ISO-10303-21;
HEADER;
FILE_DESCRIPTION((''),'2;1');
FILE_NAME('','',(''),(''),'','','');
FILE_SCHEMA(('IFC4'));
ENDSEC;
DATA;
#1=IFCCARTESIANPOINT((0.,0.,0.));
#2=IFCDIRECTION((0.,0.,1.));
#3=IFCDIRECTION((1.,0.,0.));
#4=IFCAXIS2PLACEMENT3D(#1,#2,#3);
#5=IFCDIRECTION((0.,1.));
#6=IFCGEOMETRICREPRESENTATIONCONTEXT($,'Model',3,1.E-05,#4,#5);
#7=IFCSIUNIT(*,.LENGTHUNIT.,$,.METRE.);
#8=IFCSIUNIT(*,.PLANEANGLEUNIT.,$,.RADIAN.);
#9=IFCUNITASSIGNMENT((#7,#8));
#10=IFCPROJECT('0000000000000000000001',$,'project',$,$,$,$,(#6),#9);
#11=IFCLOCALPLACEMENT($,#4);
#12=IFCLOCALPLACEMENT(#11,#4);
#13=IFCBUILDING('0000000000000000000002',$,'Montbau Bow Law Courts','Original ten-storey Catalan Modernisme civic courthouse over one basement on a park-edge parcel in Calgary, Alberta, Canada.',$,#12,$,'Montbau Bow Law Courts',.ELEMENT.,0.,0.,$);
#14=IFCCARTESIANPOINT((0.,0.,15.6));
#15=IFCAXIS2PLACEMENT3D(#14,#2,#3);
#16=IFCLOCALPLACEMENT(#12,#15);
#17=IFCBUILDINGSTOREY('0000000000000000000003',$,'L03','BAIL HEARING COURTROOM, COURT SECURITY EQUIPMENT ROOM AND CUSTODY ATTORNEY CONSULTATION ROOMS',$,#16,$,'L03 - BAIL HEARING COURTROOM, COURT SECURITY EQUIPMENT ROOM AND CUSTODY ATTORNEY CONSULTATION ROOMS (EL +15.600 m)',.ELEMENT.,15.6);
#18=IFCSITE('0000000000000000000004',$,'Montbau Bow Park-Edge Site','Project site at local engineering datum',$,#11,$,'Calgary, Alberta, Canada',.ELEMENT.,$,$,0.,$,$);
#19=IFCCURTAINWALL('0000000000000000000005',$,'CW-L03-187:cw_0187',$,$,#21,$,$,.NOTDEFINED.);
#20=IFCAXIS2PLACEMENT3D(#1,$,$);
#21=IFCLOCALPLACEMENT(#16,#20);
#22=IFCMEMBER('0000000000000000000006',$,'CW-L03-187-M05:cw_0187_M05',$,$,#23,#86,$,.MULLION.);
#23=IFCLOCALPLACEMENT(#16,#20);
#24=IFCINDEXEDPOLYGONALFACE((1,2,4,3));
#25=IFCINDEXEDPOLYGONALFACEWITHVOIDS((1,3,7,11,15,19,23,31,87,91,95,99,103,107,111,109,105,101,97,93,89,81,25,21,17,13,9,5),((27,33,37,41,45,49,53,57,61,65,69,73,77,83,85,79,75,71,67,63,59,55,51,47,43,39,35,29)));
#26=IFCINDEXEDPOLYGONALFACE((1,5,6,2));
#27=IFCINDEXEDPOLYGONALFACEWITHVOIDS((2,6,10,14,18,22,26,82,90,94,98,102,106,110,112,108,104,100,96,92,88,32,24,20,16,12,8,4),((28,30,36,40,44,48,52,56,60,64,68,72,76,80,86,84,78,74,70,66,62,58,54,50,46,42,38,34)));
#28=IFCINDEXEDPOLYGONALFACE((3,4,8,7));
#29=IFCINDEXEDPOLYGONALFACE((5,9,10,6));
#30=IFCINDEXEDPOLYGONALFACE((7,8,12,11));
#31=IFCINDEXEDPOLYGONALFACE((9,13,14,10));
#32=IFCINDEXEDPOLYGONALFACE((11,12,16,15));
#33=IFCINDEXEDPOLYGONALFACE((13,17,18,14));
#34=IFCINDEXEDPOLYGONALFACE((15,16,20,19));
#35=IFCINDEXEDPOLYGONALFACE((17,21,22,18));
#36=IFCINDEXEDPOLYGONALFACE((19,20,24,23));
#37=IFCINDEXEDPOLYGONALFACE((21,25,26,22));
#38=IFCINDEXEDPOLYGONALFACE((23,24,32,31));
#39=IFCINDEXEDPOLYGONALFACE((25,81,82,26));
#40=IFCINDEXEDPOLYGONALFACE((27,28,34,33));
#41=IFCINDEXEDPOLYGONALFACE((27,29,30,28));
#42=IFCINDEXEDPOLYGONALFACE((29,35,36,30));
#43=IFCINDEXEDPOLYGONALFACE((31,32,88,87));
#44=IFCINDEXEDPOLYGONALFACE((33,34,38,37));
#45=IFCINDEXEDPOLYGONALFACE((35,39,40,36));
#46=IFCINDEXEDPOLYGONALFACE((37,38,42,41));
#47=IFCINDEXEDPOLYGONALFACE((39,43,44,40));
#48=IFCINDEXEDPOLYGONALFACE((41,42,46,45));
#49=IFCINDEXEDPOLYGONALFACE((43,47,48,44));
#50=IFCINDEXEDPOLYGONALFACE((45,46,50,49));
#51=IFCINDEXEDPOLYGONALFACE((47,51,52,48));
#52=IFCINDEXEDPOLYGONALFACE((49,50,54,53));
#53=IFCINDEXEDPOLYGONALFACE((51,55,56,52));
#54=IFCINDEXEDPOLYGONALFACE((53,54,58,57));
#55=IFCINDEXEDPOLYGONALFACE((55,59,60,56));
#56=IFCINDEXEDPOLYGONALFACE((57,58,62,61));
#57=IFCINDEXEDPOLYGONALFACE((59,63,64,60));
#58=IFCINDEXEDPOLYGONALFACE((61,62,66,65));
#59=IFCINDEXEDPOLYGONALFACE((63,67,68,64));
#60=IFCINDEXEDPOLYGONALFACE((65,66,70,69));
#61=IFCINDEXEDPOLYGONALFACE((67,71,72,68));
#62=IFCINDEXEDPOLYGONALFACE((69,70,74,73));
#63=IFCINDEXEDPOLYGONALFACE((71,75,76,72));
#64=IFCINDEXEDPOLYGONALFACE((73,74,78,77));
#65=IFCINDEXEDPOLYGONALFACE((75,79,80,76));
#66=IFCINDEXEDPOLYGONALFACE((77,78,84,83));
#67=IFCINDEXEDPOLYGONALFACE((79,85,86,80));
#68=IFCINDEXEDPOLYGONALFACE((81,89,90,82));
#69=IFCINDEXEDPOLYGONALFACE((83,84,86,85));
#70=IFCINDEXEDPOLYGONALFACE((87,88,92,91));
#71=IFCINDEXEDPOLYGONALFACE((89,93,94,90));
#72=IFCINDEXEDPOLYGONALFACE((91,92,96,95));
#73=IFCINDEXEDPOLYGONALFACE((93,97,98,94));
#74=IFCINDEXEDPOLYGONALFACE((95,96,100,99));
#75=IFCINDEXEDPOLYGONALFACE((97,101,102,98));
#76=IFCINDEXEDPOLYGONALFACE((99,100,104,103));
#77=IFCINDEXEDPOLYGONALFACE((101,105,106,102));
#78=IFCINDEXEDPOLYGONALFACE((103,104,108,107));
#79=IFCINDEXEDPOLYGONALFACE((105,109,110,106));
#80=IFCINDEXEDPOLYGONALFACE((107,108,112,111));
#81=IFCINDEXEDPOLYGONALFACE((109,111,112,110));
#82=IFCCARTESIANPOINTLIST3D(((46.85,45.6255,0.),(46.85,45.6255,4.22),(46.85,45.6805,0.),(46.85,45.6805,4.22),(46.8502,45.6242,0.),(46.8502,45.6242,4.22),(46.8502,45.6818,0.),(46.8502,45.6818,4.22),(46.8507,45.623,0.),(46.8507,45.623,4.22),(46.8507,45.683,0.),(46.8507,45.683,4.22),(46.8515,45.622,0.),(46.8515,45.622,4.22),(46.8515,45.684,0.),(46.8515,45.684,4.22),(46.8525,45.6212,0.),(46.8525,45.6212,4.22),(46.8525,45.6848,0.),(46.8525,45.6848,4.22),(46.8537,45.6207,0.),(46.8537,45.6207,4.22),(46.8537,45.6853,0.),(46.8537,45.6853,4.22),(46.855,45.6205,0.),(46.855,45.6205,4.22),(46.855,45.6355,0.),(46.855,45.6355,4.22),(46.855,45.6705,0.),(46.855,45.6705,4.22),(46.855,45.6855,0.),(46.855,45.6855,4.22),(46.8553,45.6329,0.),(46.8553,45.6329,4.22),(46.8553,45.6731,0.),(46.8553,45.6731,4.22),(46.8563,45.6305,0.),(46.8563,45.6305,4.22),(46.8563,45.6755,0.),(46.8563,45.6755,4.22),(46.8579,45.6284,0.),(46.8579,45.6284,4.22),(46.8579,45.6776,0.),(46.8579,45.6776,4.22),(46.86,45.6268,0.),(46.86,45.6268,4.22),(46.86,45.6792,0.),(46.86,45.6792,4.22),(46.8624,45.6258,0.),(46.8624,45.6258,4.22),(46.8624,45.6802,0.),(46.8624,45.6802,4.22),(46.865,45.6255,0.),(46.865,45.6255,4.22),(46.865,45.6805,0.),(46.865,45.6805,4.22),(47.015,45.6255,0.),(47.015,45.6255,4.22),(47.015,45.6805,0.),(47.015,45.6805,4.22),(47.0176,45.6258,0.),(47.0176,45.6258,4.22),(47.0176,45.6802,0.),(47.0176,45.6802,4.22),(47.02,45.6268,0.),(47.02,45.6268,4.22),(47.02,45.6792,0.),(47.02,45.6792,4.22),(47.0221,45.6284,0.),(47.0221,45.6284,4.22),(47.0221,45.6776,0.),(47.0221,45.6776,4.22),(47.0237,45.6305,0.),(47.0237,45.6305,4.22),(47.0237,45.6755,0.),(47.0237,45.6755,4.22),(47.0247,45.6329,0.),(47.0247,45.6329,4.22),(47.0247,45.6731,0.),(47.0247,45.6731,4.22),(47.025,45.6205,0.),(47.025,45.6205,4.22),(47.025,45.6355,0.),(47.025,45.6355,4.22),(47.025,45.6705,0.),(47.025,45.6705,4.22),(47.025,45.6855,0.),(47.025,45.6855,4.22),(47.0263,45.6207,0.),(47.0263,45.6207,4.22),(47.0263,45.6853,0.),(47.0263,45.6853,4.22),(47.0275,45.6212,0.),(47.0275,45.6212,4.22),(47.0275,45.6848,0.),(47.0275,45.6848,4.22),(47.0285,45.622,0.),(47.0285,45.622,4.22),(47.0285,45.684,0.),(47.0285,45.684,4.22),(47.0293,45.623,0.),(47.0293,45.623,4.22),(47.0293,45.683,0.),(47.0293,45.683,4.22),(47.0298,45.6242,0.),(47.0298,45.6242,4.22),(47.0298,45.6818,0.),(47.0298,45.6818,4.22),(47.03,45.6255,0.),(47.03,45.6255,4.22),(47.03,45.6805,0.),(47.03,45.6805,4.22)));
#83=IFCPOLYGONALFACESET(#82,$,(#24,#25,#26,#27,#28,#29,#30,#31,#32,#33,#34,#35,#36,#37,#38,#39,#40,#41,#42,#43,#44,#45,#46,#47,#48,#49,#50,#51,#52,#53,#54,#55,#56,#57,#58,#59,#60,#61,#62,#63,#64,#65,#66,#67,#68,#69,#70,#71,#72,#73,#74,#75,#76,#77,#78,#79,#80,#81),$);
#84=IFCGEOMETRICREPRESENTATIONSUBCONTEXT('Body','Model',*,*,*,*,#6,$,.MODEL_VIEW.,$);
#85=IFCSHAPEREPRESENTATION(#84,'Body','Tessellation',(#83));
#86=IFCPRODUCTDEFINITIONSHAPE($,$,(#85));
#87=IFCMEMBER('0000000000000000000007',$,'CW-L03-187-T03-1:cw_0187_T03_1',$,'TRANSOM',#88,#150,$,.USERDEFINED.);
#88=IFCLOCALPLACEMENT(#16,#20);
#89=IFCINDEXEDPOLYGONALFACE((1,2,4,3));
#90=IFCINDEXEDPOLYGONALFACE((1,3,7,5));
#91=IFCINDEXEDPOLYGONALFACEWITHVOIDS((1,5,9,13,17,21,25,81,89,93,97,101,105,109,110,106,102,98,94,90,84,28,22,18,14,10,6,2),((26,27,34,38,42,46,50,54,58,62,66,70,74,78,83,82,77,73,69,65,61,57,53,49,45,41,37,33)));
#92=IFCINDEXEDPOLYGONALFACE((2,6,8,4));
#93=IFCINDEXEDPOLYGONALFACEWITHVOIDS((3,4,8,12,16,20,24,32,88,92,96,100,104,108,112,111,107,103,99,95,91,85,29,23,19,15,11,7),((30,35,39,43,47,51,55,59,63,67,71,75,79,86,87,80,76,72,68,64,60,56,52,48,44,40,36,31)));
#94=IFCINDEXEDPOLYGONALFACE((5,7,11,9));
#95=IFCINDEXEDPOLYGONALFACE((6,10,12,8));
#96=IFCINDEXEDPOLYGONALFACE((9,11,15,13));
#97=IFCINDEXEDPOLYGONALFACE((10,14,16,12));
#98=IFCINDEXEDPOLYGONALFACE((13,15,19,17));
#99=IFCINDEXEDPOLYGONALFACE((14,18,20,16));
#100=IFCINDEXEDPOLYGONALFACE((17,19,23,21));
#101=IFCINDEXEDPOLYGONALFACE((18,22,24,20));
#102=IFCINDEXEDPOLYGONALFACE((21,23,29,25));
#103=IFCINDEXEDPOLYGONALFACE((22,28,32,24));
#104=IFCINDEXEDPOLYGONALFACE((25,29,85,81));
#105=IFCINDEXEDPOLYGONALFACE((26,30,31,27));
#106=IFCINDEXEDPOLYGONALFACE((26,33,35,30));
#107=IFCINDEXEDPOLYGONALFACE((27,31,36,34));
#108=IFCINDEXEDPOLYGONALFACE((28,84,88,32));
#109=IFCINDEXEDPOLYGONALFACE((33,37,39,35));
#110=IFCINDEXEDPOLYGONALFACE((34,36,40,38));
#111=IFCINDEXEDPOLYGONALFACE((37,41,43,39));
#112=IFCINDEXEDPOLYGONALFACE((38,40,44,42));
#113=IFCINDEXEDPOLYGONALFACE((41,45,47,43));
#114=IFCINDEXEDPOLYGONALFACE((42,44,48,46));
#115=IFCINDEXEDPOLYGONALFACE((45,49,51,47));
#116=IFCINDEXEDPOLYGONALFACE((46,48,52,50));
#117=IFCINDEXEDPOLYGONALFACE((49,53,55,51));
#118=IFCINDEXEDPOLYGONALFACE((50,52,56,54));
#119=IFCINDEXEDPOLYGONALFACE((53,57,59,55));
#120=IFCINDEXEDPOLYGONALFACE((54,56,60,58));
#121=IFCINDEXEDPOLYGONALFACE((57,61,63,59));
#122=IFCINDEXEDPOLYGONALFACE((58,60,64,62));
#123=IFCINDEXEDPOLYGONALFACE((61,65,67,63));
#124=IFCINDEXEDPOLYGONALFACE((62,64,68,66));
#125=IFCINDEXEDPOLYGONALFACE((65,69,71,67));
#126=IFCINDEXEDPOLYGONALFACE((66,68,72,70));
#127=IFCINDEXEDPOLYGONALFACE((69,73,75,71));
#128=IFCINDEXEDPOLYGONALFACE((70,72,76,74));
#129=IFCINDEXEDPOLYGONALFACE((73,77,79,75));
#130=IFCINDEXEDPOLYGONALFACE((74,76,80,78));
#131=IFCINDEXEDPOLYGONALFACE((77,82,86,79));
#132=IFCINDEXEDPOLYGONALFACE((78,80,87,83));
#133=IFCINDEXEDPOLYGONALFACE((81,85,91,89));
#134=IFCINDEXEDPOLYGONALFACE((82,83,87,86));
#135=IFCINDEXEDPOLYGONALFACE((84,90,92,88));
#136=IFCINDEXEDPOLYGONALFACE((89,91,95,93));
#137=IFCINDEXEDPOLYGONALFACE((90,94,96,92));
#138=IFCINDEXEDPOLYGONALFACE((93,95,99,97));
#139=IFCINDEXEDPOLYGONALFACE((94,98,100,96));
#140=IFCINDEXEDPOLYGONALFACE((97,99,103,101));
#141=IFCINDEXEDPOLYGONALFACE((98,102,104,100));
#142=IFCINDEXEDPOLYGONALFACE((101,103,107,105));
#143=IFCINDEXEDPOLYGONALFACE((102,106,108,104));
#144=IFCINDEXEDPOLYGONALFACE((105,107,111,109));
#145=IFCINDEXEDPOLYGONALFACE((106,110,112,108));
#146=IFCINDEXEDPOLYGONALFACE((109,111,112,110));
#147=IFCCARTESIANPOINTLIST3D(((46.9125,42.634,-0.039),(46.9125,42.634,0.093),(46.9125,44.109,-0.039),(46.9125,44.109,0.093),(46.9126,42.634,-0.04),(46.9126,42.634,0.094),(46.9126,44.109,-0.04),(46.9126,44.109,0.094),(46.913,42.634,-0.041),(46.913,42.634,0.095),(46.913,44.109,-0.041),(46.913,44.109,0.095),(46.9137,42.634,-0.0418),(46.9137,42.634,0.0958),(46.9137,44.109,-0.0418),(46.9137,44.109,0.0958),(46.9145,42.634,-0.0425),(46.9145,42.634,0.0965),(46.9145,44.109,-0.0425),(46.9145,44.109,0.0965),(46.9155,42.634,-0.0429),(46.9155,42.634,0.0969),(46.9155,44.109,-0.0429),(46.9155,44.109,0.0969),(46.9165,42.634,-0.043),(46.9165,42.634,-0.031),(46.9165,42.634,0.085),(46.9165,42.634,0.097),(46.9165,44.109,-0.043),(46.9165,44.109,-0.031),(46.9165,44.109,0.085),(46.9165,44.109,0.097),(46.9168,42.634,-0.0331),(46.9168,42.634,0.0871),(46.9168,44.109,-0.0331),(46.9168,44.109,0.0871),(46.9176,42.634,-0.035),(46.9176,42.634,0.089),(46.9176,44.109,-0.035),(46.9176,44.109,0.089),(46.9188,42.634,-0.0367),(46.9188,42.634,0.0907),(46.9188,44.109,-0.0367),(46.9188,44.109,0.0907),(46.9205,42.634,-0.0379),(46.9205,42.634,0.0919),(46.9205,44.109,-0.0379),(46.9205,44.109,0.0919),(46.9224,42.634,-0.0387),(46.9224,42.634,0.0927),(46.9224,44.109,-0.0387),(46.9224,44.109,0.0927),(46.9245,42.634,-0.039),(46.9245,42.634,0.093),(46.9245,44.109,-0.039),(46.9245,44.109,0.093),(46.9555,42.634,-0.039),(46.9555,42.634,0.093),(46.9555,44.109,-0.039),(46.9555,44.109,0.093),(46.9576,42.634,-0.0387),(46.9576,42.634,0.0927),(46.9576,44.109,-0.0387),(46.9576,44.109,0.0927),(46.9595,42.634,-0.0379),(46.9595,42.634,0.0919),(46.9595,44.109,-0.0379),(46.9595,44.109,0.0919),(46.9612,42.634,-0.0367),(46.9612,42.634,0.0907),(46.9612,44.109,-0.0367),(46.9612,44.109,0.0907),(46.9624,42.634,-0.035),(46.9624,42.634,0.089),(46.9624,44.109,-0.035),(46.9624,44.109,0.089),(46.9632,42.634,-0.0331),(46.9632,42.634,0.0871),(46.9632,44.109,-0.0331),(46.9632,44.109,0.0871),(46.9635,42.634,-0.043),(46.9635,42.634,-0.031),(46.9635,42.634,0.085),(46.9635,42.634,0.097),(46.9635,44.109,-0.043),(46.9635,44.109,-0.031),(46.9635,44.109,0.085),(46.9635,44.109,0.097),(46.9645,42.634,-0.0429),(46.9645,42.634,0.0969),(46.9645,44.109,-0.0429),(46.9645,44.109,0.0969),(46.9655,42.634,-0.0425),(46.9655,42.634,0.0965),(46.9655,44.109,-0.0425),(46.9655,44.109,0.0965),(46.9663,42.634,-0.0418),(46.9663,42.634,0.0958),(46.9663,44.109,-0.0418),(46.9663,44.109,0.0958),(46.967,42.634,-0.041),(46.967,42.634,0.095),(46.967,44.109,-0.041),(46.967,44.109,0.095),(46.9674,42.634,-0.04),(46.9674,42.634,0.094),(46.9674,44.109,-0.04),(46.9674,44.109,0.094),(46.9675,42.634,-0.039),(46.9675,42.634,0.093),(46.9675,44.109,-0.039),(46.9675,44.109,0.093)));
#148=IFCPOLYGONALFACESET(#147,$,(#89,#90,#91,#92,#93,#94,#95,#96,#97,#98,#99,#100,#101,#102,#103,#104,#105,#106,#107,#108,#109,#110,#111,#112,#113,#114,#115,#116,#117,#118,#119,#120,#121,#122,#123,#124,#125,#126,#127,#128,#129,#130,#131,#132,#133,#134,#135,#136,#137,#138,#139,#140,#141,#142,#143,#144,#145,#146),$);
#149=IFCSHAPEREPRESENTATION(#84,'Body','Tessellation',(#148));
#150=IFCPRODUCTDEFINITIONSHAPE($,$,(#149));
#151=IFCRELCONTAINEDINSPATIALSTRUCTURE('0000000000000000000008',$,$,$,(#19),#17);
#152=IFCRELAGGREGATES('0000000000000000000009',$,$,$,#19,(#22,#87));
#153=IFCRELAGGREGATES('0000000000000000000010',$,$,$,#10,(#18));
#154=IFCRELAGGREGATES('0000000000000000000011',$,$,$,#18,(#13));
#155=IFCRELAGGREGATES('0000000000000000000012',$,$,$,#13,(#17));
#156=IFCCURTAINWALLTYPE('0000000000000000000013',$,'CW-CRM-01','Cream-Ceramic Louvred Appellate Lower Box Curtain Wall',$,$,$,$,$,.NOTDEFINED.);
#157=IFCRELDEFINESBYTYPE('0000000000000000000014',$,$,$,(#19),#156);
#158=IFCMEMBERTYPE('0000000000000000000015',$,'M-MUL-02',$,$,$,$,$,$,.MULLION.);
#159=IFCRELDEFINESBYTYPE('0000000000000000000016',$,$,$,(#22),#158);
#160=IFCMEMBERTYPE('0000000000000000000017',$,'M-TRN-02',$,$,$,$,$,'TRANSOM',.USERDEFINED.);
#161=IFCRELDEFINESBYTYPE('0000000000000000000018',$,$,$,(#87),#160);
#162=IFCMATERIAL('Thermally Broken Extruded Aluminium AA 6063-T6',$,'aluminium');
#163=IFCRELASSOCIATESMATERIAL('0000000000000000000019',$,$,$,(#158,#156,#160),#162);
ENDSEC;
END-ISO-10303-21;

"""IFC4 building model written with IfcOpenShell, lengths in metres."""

from ifc_helpers import new_model, si_unit, direction, frame, origin_with_axes, origin_2d_with_axis, place, context, subcontext, project, spatial, hollow_rectangle, extrude, material, material_profile, profile_set, type_object, element, aggregate, save


model = new_model("IFC4")

# Units and contexts
model_context = context("Model", 3, precision=1e-05, world=origin_with_axes(), true_north=direction((0.0, 1.0)))
body_context = subcontext(model_context, "Body", "Model", "MODEL_VIEW")
ifc_project = project(units=[si_unit("LENGTHUNIT", "METRE"), si_unit("PLANEANGLEUNIT", "RADIAN")], contexts=[model_context])

# Site, building, storey
site_placement = place(None, origin_with_axes())
site = spatial("IfcSite", under=ifc_project, at=site_placement, Name="Montbau Bow Park-Edge Site", Description="Project site at local engineering datum", LongName="Calgary, Alberta, Canada", CompositionType="ELEMENT", RefElevation=0.0)
building_placement = place(site_placement, origin_with_axes())
building = spatial("IfcBuilding", under=site, at=building_placement, Name="Montbau Bow Law Courts", Description="Original ten-storey Catalan Modernisme civic courthouse over one basement on a park-edge parcel in Calgary, Alberta, Canada.", LongName="Montbau Bow Law Courts", CompositionType="ELEMENT", ElevationOfRefHeight=0.0, ElevationOfTerrain=0.0)
storey_placement = place(building_placement, frame((0.0, 0.0, 15.6), z_axis=(0.0, 0.0, 1.0), x_axis=(1.0, 0.0, 0.0)))
storey = spatial("IfcBuildingStorey", under=building, at=storey_placement, Name="L03", Description="BAIL HEARING COURTROOM, COURT SECURITY EQUIPMENT ROOM AND CUSTODY ATTORNEY CONSULTATION ROOMS", LongName="L03 - BAIL HEARING COURTROOM, COURT SECURITY EQUIPMENT ROOM AND CUSTODY ATTORNEY CONSULTATION ROOMS (EL +15.600 m)", CompositionType="ELEMENT", Elevation=15.6)

# Curtain wall, members
ifc_material_1 = material(Name="Thermally Broken Extruded Aluminium AA 6063-T6", Category="aluminium")
ifc_material_profile_1 = material_profile(ifc_material_1, hollow_rectangle(XDim=0.065, YDim=0.18, WallThickness=0.005, InnerFilletRadius=0.01, OuterFilletRadius=0.005, at=origin_2d_with_axis()), Name="CWM-180X65", Category="Main", Priority=0)
ifc_profile_set_1 = profile_set([ifc_material_profile_1], Name="Thermally Broken Extruded Aluminium AA 6063-T6")
member_type_1 = type_object("IfcMemberType", Name="M-MUL-02", PredefinedType="MULLION", material=ifc_profile_set_1)
curtain_wall_type_1 = type_object("IfcCurtainWallType", Name="CW-CRM-01", Description="Cream-Ceramic Louvred Appellate Lower Box Curtain Wall", PredefinedType="NOTDEFINED", material=ifc_material_1)
curtain_wall_1_placement = place(None, frame((46.94, 39.515, 15.6), z_axis=(0.0, 0.0, 1.0), x_axis=(1.0, 0.0, 0.0)))
curtain_wall_1 = element("IfcCurtainWall", 1, at=curtain_wall_1_placement, inside=storey, type_object=curtain_wall_type_1, Name="CW-L03-187:cw_0187", PredefinedType="NOTDEFINED")
member_1_placement = place(None, frame((46.94, 45.653, 15.6), z_axis=(0.0, 0.0, 1.0), x_axis=(0.0, 1.0, 0.0)))
member_1 = element("IfcMember", 2, at=member_1_placement, type_object=member_type_1, Name="CW-L03-187-M05:cw_0187_M05", PredefinedType="MULLION", context=body_context, shape_type="SweptSolid", body=[
    extrude(hollow_rectangle(XDim=0.065, YDim=0.18, WallThickness=0.005, InnerFilletRadius=0.01, OuterFilletRadius=0.005, at=origin_2d_with_axis()), origin_with_axes(), (0.0, 0.0, 1.0), 4.22),
])
ifc_material_profile_2 = material_profile(ifc_material_1, hollow_rectangle(XDim=0.055, YDim=0.14, WallThickness=0.004, InnerFilletRadius=0.008, OuterFilletRadius=0.004, at=origin_2d_with_axis()), Name="CWT-140X55", Category="Main", Priority=0)
ifc_profile_set_2 = profile_set([ifc_material_profile_2], Name="Thermally Broken Extruded Aluminium AA 6063-T6")
member_type_2 = type_object("IfcMemberType", Name="M-TRN-02", ElementType="TRANSOM", PredefinedType="USERDEFINED", material=ifc_profile_set_2)
member_2_placement = place(None, frame((46.94, 42.634, 15.627), z_axis=(0.0, 1.0, 0.0), x_axis=(-1.0, 0.0, 0.0)))
member_2 = element("IfcMember", 3, at=member_2_placement, type_object=member_type_2, Name="CW-L03-187-T03-1:cw_0187_T03_1", ObjectType="TRANSOM", PredefinedType="USERDEFINED", context=body_context, shape_type="SweptSolid", body=[
    extrude(hollow_rectangle(XDim=0.055, YDim=0.14, WallThickness=0.004, InnerFilletRadius=0.008, OuterFilletRadius=0.004, at=origin_2d_with_axis()), origin_with_axes(), (0.0, 0.0, 1.0), 1.475),
])
aggregate(curtain_wall_1, [member_1, member_2])

save(model, "model.ifc")
